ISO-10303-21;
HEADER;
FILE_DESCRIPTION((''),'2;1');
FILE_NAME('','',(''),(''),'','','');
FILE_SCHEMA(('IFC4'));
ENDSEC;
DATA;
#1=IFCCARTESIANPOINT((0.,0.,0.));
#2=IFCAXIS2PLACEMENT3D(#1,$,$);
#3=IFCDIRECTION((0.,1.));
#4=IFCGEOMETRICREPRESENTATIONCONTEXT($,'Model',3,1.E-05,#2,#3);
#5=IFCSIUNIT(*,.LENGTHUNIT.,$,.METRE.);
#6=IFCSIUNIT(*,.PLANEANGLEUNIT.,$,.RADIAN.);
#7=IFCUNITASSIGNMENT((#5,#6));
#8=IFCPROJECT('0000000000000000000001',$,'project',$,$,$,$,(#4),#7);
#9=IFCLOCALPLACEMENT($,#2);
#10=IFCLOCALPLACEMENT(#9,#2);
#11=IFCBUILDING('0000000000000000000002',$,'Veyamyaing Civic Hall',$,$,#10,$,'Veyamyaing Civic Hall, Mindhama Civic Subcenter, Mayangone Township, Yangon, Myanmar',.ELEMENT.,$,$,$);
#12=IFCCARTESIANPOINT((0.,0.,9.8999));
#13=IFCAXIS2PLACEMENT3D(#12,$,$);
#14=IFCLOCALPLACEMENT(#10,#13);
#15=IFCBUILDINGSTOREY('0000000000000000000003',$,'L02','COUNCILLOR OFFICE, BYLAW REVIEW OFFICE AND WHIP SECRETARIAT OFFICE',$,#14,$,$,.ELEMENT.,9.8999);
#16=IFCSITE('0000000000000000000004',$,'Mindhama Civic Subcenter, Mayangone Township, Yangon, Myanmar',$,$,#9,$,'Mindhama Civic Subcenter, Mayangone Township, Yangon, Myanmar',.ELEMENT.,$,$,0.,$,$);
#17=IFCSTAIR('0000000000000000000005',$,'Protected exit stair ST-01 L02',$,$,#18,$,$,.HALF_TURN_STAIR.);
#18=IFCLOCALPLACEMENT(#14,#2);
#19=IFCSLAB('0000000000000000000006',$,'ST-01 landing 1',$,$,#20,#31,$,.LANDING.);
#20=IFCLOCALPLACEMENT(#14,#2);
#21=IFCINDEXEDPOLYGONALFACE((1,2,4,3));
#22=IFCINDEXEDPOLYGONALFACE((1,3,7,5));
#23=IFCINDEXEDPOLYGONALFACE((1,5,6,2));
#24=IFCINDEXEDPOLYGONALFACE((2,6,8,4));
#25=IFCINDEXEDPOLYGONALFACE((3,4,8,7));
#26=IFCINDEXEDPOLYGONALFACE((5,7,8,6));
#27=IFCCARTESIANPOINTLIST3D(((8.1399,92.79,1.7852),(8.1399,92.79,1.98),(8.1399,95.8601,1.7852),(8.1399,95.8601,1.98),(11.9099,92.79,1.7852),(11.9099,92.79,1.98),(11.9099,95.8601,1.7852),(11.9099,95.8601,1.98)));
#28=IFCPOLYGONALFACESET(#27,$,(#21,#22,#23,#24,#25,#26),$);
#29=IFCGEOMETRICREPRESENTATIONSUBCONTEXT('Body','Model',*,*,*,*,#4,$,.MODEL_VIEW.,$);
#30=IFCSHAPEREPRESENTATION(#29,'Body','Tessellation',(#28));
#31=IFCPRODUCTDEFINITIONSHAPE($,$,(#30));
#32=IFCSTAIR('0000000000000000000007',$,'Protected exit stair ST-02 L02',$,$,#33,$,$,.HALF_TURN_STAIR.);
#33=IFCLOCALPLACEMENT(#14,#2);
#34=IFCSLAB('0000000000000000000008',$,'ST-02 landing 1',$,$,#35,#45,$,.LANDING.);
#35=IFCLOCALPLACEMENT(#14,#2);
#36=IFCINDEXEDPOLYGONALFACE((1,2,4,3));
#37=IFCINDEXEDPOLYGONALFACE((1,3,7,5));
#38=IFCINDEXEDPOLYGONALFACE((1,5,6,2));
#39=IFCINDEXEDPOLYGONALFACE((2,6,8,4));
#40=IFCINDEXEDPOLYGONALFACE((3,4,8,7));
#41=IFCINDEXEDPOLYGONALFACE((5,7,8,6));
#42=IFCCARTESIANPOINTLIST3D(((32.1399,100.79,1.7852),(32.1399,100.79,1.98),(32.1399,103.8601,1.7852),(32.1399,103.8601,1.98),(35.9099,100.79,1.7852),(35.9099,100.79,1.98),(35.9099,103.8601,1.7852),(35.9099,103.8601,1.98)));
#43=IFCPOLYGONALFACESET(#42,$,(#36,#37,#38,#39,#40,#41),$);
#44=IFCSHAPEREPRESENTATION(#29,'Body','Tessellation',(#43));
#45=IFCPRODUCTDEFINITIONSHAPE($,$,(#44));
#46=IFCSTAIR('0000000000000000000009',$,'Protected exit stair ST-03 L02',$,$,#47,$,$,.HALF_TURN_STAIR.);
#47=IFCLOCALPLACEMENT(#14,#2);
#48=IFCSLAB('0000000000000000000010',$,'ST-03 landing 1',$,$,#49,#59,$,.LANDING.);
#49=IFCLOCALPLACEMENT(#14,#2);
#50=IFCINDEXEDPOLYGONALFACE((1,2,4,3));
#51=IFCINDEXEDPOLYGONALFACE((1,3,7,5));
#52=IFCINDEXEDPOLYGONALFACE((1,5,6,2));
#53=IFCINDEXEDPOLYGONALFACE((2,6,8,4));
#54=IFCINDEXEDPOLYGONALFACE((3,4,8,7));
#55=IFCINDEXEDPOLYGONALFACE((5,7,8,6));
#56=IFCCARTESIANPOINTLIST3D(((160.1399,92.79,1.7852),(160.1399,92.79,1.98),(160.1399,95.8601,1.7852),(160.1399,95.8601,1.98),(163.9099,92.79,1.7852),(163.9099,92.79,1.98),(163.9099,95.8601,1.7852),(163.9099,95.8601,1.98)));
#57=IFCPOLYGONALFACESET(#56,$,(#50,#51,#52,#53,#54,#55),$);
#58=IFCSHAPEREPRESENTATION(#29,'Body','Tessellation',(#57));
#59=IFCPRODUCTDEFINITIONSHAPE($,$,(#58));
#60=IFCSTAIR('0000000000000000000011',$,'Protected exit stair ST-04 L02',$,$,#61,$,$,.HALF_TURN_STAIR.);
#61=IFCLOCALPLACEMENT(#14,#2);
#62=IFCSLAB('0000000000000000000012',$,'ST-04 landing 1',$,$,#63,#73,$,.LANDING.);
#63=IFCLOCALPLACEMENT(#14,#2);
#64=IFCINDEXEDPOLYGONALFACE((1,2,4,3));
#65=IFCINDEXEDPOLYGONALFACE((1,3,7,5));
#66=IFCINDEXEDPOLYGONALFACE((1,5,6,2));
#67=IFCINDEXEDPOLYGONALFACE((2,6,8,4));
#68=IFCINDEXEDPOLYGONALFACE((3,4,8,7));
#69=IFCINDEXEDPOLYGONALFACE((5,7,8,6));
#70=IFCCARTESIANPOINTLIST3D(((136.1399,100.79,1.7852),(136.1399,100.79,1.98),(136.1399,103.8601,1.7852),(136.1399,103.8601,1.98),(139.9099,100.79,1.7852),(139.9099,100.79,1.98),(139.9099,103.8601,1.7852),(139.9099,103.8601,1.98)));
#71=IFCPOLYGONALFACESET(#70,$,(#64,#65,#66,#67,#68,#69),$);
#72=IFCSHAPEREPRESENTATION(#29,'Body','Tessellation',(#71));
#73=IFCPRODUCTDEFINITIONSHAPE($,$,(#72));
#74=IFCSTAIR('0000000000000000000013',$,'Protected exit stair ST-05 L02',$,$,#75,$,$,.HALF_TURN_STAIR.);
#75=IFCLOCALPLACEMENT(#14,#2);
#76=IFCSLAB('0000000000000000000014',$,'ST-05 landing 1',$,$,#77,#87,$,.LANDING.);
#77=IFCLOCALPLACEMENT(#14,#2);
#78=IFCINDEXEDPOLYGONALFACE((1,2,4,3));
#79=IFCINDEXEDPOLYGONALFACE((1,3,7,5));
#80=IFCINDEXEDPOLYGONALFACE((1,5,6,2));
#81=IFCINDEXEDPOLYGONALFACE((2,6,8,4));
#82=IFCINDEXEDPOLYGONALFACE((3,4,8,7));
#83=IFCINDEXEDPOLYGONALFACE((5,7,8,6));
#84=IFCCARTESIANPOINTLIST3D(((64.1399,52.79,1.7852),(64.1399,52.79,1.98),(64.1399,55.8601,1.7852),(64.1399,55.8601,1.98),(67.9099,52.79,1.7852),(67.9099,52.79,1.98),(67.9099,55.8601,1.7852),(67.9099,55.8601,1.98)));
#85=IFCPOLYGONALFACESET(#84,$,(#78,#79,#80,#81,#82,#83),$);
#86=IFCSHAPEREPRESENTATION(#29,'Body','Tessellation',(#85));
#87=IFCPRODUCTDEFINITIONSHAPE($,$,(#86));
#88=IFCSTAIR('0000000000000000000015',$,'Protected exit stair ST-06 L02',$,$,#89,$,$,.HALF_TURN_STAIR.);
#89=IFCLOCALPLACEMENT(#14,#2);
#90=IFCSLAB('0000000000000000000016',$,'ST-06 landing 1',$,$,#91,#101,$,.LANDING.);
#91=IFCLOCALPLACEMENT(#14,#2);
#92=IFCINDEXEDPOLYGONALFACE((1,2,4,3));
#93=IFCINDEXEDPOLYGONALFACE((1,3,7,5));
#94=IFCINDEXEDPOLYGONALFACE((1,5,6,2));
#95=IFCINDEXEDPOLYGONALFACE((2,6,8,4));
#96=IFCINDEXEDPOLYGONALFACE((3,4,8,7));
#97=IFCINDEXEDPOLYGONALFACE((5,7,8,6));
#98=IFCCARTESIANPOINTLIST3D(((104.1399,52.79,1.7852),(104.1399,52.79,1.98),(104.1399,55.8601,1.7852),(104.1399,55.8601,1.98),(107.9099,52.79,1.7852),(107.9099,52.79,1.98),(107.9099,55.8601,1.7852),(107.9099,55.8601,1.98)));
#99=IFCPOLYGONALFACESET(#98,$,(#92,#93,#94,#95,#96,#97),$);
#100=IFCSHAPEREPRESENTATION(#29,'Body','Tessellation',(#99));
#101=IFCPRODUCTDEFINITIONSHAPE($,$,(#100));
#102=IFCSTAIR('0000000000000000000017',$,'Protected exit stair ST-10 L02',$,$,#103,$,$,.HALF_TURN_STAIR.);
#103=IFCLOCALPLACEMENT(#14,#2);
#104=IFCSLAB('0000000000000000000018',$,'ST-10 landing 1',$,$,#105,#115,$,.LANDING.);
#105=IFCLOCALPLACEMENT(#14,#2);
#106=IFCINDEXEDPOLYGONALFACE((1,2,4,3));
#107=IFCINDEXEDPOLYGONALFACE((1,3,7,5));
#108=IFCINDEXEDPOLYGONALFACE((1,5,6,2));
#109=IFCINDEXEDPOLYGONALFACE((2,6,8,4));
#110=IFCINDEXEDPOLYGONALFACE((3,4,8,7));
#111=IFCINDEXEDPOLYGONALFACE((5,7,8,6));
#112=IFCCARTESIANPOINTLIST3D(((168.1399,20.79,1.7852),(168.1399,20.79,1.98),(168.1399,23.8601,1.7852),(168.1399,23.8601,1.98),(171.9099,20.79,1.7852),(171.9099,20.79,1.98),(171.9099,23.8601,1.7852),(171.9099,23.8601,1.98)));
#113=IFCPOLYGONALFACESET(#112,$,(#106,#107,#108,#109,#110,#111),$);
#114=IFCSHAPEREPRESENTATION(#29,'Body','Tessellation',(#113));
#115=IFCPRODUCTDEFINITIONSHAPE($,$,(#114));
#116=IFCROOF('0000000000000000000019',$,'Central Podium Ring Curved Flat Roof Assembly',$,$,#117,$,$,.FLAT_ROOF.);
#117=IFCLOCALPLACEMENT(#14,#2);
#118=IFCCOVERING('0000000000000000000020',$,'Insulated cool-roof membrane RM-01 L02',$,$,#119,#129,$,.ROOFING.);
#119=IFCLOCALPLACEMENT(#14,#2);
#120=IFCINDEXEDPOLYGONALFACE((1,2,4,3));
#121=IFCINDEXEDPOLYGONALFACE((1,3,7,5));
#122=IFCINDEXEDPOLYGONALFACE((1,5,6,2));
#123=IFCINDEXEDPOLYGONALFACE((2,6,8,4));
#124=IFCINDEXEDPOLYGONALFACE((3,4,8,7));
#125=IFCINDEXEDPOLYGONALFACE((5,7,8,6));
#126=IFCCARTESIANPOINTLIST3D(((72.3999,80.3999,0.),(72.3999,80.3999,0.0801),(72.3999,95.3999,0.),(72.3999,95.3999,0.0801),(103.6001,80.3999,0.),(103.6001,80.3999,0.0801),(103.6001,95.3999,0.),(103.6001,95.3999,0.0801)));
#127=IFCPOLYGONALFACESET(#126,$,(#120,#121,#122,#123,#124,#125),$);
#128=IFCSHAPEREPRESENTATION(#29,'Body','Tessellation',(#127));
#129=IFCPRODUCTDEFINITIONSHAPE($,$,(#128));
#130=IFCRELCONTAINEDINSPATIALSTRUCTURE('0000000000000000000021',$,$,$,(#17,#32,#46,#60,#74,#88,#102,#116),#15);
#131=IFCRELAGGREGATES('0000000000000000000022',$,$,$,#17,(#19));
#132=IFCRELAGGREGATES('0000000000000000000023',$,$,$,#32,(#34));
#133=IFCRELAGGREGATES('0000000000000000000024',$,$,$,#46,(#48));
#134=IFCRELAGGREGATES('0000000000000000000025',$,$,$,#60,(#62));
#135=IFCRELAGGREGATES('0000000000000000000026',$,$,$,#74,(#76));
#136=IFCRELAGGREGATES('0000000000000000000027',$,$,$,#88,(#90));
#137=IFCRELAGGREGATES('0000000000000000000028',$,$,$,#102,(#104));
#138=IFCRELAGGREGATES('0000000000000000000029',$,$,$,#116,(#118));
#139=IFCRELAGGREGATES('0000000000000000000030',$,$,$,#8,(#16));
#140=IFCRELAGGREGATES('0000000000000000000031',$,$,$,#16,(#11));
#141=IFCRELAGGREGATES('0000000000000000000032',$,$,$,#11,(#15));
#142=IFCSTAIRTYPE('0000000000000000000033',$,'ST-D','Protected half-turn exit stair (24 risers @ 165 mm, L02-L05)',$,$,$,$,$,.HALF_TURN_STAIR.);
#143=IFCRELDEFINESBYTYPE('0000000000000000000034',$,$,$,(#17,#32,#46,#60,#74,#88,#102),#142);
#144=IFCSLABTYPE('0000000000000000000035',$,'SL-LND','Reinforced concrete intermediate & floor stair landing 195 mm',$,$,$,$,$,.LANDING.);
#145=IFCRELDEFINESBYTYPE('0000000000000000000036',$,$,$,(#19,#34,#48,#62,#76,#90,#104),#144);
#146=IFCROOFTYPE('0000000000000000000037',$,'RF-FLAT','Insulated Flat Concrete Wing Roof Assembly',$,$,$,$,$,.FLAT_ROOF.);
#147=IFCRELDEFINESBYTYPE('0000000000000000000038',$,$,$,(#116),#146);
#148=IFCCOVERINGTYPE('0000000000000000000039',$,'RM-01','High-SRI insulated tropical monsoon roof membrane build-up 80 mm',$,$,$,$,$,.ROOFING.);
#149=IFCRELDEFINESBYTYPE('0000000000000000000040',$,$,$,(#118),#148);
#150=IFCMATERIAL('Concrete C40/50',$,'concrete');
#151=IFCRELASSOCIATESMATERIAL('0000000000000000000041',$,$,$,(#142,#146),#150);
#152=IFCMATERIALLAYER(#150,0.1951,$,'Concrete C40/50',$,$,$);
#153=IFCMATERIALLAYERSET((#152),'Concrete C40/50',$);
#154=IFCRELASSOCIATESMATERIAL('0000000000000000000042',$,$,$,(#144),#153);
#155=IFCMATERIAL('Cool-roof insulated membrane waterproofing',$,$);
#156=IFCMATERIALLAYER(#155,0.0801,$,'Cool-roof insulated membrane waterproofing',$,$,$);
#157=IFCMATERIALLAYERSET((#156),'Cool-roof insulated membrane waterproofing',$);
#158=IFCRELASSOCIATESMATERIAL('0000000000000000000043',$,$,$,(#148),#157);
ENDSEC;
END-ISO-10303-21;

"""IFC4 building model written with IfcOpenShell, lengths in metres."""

from ifc_helpers import new_model, si_unit, direction, frame, origin, place, context, subcontext, project, spatial, polyline, outline, extrude, material, layer, layer_set, type_object, element, aggregate, save


model = new_model("IFC4")

# Units and contexts
model_context = context("Model", 3, precision=1e-05, world=origin(), true_north=direction((0.0, 1.0)))
body_context = subcontext(model_context, "Body", "Model", "MODEL_VIEW")
ifc_project = project(units=[si_unit("LENGTHUNIT", "METRE"), si_unit("PLANEANGLEUNIT", "RADIAN")], contexts=[model_context])

# Site, building, storey
site_placement = place(None, origin())
site = spatial("IfcSite", under=ifc_project, at=site_placement, Name="Mindhama Civic Subcenter, Mayangone Township, Yangon, Myanmar", LongName="Mindhama Civic Subcenter, Mayangone Township, Yangon, Myanmar", CompositionType="ELEMENT", RefElevation=0.0)
building_placement = place(site_placement, origin())
building = spatial("IfcBuilding", under=site, at=building_placement, Name="Veyamyaing Civic Hall", LongName="Veyamyaing Civic Hall, Mindhama Civic Subcenter, Mayangone Township, Yangon, Myanmar", CompositionType="ELEMENT")
storey_placement = place(building_placement, frame((0.0, 0.0, 9.8999)))
storey = spatial("IfcBuildingStorey", under=building, at=storey_placement, Name="L02", Description="COUNCILLOR OFFICE, BYLAW REVIEW OFFICE AND WHIP SECRETARIAT OFFICE", CompositionType="ELEMENT", Elevation=9.8999)

# Shared definitions
ifc_material_1 = material(Name="Concrete C40/50", Category="concrete")

# Stairs, slabs
stair_type = type_object("IfcStairType", Name="ST-D", Description="Protected half-turn exit stair (24 risers @ 165 mm, L02-L05)", PredefinedType="HALF_TURN_STAIR", material=ifc_material_1)
stair_1_placement = place(storey_placement, origin())
stair_1 = element("IfcStair", 1, at=stair_1_placement, inside=storey, type_object=stair_type, Name="Protected exit stair ST-01 L02", PredefinedType="HALF_TURN_STAIR")
ifc_layer_1 = layer(ifc_material_1, 0.1951, Name="Concrete C40/50")
ifc_layer_set_1 = layer_set([ifc_layer_1], Name="Concrete C40/50")
slab_type_1 = type_object("IfcSlabType", Name="SL-LND", Description="Reinforced concrete intermediate & floor stair landing 195 mm", PredefinedType="LANDING", material=ifc_layer_set_1)
slab_1_placement = place(storey_placement, frame((0.0, 0.0, 1.7852)))
slab_1 = element("IfcSlab", 2, at=slab_1_placement, type_object=slab_type_1, Name="ST-01 landing 1", PredefinedType="LANDING", context=body_context, shape_type="SweptSolid", body=[
    extrude(outline(polyline([(8.1399, 92.79), (11.9099, 92.79), (11.9099, 95.8601), (8.1399, 95.8601), (8.1399, 92.79)])), origin(), (0.0, 0.0, 1.0), 0.1948),
])
aggregate(stair_1, [slab_1])
stair_2_placement = place(storey_placement, origin())
stair_2 = element("IfcStair", 3, at=stair_2_placement, inside=storey, type_object=stair_type, Name="Protected exit stair ST-02 L02", PredefinedType="HALF_TURN_STAIR")
slab_2_placement = place(storey_placement, frame((0.0, 0.0, 1.7852)))
slab_2 = element("IfcSlab", 4, at=slab_2_placement, type_object=slab_type_1, Name="ST-02 landing 1", PredefinedType="LANDING", context=body_context, shape_type="SweptSolid", body=[
    extrude(outline(polyline([(32.1399, 100.79), (35.9099, 100.79), (35.9099, 103.8601), (32.1399, 103.8601), (32.1399, 100.79)])), origin(), (0.0, 0.0, 1.0), 0.1948),
])
aggregate(stair_2, [slab_2])
stair_3_placement = place(storey_placement, origin())
stair_3 = element("IfcStair", 5, at=stair_3_placement, inside=storey, type_object=stair_type, Name="Protected exit stair ST-03 L02", PredefinedType="HALF_TURN_STAIR")
slab_3_placement = place(storey_placement, frame((0.0, 0.0, 1.7852)))
slab_3 = element("IfcSlab", 6, at=slab_3_placement, type_object=slab_type_1, Name="ST-03 landing 1", PredefinedType="LANDING", context=body_context, shape_type="SweptSolid", body=[
    extrude(outline(polyline([(160.1399, 92.79), (163.9099, 92.79), (163.9099, 95.8601), (160.1399, 95.8601), (160.1399, 92.79)])), origin(), (0.0, 0.0, 1.0), 0.1948),
])
aggregate(stair_3, [slab_3])
stair_4_placement = place(storey_placement, origin())
stair_4 = element("IfcStair", 7, at=stair_4_placement, inside=storey, type_object=stair_type, Name="Protected exit stair ST-04 L02", PredefinedType="HALF_TURN_STAIR")
slab_4_placement = place(storey_placement, frame((0.0, 0.0, 1.7852)))
slab_4 = element("IfcSlab", 8, at=slab_4_placement, type_object=slab_type_1, Name="ST-04 landing 1", PredefinedType="LANDING", context=body_context, shape_type="SweptSolid", body=[
    extrude(outline(polyline([(136.1399, 100.79), (139.9099, 100.79), (139.9099, 103.8601), (136.1399, 103.8601), (136.1399, 100.79)])), origin(), (0.0, 0.0, 1.0), 0.1948),
])
aggregate(stair_4, [slab_4])
stair_5_placement = place(storey_placement, origin())
stair_5 = element("IfcStair", 9, at=stair_5_placement, inside=storey, type_object=stair_type, Name="Protected exit stair ST-05 L02", PredefinedType="HALF_TURN_STAIR")
slab_5_placement = place(storey_placement, frame((0.0, 0.0, 1.7852)))
slab_5 = element("IfcSlab", 10, at=slab_5_placement, type_object=slab_type_1, Name="ST-05 landing 1", PredefinedType="LANDING", context=body_context, shape_type="SweptSolid", body=[
    extrude(outline(polyline([(64.1399, 52.79), (67.9099, 52.79), (67.9099, 55.8601), (64.1399, 55.8601), (64.1399, 52.79)])), origin(), (0.0, 0.0, 1.0), 0.1948),
])
aggregate(stair_5, [slab_5])
stair_6_placement = place(storey_placement, origin())
stair_6 = element("IfcStair", 11, at=stair_6_placement, inside=storey, type_object=stair_type, Name="Protected exit stair ST-06 L02", PredefinedType="HALF_TURN_STAIR")
slab_6_placement = place(storey_placement, frame((0.0, 0.0, 1.7852)))
slab_6 = element("IfcSlab", 12, at=slab_6_placement, type_object=slab_type_1, Name="ST-06 landing 1", PredefinedType="LANDING", context=body_context, shape_type="SweptSolid", body=[
    extrude(outline(polyline([(104.1399, 52.79), (107.9099, 52.79), (107.9099, 55.8601), (104.1399, 55.8601), (104.1399, 52.79)])), origin(), (0.0, 0.0, 1.0), 0.1948),
])
aggregate(stair_6, [slab_6])
stair_7_placement = place(storey_placement, origin())
stair_7 = element("IfcStair", 13, at=stair_7_placement, inside=storey, type_object=stair_type, Name="Protected exit stair ST-10 L02", PredefinedType="HALF_TURN_STAIR")
slab_7_placement = place(storey_placement, frame((0.0, 0.0, 1.7852)))
slab_7 = element("IfcSlab", 14, at=slab_7_placement, type_object=slab_type_1, Name="ST-10 landing 1", PredefinedType="LANDING", context=body_context, shape_type="SweptSolid", body=[
    extrude(outline(polyline([(168.1399, 20.79), (171.9099, 20.79), (171.9099, 23.8601), (168.1399, 23.8601), (168.1399, 20.79)])), origin(), (0.0, 0.0, 1.0), 0.1948),
])
aggregate(stair_7, [slab_7])

# Roof, covering
roof_type = type_object("IfcRoofType", Name="RF-FLAT", Description="Insulated Flat Concrete Wing Roof Assembly", PredefinedType="FLAT_ROOF", material=ifc_material_1)
roof_placement = place(storey_placement, origin())
roof = element("IfcRoof", 15, at=roof_placement, inside=storey, type_object=roof_type, Name="Central Podium Ring Curved Flat Roof Assembly", PredefinedType="FLAT_ROOF")
ifc_material_2 = material(Name="Cool-roof insulated membrane waterproofing")
ifc_layer_2 = layer(ifc_material_2, 0.0801, Name="Cool-roof insulated membrane waterproofing")
ifc_layer_set_2 = layer_set([ifc_layer_2], Name="Cool-roof insulated membrane waterproofing")
covering_type = type_object("IfcCoveringType", Name="RM-01", Description="High-SRI insulated tropical monsoon roof membrane build-up 80 mm", PredefinedType="ROOFING", material=ifc_layer_set_2)
covering_placement = place(storey_placement, origin())
covering = element("IfcCovering", 16, at=covering_placement, type_object=covering_type, Name="Insulated cool-roof membrane RM-01 L02", PredefinedType="ROOFING", context=body_context, shape_type="SweptSolid", body=[
    extrude(outline(polyline([(72.3999, 80.3999), (103.6001, 80.3999), (103.6001, 95.3999), (72.3999, 95.3999), (72.3999, 80.3999)])), origin(), (0.0, 0.0, 1.0), 0.0801),
])
aggregate(roof, [covering])

save(model, "model.ifc")
